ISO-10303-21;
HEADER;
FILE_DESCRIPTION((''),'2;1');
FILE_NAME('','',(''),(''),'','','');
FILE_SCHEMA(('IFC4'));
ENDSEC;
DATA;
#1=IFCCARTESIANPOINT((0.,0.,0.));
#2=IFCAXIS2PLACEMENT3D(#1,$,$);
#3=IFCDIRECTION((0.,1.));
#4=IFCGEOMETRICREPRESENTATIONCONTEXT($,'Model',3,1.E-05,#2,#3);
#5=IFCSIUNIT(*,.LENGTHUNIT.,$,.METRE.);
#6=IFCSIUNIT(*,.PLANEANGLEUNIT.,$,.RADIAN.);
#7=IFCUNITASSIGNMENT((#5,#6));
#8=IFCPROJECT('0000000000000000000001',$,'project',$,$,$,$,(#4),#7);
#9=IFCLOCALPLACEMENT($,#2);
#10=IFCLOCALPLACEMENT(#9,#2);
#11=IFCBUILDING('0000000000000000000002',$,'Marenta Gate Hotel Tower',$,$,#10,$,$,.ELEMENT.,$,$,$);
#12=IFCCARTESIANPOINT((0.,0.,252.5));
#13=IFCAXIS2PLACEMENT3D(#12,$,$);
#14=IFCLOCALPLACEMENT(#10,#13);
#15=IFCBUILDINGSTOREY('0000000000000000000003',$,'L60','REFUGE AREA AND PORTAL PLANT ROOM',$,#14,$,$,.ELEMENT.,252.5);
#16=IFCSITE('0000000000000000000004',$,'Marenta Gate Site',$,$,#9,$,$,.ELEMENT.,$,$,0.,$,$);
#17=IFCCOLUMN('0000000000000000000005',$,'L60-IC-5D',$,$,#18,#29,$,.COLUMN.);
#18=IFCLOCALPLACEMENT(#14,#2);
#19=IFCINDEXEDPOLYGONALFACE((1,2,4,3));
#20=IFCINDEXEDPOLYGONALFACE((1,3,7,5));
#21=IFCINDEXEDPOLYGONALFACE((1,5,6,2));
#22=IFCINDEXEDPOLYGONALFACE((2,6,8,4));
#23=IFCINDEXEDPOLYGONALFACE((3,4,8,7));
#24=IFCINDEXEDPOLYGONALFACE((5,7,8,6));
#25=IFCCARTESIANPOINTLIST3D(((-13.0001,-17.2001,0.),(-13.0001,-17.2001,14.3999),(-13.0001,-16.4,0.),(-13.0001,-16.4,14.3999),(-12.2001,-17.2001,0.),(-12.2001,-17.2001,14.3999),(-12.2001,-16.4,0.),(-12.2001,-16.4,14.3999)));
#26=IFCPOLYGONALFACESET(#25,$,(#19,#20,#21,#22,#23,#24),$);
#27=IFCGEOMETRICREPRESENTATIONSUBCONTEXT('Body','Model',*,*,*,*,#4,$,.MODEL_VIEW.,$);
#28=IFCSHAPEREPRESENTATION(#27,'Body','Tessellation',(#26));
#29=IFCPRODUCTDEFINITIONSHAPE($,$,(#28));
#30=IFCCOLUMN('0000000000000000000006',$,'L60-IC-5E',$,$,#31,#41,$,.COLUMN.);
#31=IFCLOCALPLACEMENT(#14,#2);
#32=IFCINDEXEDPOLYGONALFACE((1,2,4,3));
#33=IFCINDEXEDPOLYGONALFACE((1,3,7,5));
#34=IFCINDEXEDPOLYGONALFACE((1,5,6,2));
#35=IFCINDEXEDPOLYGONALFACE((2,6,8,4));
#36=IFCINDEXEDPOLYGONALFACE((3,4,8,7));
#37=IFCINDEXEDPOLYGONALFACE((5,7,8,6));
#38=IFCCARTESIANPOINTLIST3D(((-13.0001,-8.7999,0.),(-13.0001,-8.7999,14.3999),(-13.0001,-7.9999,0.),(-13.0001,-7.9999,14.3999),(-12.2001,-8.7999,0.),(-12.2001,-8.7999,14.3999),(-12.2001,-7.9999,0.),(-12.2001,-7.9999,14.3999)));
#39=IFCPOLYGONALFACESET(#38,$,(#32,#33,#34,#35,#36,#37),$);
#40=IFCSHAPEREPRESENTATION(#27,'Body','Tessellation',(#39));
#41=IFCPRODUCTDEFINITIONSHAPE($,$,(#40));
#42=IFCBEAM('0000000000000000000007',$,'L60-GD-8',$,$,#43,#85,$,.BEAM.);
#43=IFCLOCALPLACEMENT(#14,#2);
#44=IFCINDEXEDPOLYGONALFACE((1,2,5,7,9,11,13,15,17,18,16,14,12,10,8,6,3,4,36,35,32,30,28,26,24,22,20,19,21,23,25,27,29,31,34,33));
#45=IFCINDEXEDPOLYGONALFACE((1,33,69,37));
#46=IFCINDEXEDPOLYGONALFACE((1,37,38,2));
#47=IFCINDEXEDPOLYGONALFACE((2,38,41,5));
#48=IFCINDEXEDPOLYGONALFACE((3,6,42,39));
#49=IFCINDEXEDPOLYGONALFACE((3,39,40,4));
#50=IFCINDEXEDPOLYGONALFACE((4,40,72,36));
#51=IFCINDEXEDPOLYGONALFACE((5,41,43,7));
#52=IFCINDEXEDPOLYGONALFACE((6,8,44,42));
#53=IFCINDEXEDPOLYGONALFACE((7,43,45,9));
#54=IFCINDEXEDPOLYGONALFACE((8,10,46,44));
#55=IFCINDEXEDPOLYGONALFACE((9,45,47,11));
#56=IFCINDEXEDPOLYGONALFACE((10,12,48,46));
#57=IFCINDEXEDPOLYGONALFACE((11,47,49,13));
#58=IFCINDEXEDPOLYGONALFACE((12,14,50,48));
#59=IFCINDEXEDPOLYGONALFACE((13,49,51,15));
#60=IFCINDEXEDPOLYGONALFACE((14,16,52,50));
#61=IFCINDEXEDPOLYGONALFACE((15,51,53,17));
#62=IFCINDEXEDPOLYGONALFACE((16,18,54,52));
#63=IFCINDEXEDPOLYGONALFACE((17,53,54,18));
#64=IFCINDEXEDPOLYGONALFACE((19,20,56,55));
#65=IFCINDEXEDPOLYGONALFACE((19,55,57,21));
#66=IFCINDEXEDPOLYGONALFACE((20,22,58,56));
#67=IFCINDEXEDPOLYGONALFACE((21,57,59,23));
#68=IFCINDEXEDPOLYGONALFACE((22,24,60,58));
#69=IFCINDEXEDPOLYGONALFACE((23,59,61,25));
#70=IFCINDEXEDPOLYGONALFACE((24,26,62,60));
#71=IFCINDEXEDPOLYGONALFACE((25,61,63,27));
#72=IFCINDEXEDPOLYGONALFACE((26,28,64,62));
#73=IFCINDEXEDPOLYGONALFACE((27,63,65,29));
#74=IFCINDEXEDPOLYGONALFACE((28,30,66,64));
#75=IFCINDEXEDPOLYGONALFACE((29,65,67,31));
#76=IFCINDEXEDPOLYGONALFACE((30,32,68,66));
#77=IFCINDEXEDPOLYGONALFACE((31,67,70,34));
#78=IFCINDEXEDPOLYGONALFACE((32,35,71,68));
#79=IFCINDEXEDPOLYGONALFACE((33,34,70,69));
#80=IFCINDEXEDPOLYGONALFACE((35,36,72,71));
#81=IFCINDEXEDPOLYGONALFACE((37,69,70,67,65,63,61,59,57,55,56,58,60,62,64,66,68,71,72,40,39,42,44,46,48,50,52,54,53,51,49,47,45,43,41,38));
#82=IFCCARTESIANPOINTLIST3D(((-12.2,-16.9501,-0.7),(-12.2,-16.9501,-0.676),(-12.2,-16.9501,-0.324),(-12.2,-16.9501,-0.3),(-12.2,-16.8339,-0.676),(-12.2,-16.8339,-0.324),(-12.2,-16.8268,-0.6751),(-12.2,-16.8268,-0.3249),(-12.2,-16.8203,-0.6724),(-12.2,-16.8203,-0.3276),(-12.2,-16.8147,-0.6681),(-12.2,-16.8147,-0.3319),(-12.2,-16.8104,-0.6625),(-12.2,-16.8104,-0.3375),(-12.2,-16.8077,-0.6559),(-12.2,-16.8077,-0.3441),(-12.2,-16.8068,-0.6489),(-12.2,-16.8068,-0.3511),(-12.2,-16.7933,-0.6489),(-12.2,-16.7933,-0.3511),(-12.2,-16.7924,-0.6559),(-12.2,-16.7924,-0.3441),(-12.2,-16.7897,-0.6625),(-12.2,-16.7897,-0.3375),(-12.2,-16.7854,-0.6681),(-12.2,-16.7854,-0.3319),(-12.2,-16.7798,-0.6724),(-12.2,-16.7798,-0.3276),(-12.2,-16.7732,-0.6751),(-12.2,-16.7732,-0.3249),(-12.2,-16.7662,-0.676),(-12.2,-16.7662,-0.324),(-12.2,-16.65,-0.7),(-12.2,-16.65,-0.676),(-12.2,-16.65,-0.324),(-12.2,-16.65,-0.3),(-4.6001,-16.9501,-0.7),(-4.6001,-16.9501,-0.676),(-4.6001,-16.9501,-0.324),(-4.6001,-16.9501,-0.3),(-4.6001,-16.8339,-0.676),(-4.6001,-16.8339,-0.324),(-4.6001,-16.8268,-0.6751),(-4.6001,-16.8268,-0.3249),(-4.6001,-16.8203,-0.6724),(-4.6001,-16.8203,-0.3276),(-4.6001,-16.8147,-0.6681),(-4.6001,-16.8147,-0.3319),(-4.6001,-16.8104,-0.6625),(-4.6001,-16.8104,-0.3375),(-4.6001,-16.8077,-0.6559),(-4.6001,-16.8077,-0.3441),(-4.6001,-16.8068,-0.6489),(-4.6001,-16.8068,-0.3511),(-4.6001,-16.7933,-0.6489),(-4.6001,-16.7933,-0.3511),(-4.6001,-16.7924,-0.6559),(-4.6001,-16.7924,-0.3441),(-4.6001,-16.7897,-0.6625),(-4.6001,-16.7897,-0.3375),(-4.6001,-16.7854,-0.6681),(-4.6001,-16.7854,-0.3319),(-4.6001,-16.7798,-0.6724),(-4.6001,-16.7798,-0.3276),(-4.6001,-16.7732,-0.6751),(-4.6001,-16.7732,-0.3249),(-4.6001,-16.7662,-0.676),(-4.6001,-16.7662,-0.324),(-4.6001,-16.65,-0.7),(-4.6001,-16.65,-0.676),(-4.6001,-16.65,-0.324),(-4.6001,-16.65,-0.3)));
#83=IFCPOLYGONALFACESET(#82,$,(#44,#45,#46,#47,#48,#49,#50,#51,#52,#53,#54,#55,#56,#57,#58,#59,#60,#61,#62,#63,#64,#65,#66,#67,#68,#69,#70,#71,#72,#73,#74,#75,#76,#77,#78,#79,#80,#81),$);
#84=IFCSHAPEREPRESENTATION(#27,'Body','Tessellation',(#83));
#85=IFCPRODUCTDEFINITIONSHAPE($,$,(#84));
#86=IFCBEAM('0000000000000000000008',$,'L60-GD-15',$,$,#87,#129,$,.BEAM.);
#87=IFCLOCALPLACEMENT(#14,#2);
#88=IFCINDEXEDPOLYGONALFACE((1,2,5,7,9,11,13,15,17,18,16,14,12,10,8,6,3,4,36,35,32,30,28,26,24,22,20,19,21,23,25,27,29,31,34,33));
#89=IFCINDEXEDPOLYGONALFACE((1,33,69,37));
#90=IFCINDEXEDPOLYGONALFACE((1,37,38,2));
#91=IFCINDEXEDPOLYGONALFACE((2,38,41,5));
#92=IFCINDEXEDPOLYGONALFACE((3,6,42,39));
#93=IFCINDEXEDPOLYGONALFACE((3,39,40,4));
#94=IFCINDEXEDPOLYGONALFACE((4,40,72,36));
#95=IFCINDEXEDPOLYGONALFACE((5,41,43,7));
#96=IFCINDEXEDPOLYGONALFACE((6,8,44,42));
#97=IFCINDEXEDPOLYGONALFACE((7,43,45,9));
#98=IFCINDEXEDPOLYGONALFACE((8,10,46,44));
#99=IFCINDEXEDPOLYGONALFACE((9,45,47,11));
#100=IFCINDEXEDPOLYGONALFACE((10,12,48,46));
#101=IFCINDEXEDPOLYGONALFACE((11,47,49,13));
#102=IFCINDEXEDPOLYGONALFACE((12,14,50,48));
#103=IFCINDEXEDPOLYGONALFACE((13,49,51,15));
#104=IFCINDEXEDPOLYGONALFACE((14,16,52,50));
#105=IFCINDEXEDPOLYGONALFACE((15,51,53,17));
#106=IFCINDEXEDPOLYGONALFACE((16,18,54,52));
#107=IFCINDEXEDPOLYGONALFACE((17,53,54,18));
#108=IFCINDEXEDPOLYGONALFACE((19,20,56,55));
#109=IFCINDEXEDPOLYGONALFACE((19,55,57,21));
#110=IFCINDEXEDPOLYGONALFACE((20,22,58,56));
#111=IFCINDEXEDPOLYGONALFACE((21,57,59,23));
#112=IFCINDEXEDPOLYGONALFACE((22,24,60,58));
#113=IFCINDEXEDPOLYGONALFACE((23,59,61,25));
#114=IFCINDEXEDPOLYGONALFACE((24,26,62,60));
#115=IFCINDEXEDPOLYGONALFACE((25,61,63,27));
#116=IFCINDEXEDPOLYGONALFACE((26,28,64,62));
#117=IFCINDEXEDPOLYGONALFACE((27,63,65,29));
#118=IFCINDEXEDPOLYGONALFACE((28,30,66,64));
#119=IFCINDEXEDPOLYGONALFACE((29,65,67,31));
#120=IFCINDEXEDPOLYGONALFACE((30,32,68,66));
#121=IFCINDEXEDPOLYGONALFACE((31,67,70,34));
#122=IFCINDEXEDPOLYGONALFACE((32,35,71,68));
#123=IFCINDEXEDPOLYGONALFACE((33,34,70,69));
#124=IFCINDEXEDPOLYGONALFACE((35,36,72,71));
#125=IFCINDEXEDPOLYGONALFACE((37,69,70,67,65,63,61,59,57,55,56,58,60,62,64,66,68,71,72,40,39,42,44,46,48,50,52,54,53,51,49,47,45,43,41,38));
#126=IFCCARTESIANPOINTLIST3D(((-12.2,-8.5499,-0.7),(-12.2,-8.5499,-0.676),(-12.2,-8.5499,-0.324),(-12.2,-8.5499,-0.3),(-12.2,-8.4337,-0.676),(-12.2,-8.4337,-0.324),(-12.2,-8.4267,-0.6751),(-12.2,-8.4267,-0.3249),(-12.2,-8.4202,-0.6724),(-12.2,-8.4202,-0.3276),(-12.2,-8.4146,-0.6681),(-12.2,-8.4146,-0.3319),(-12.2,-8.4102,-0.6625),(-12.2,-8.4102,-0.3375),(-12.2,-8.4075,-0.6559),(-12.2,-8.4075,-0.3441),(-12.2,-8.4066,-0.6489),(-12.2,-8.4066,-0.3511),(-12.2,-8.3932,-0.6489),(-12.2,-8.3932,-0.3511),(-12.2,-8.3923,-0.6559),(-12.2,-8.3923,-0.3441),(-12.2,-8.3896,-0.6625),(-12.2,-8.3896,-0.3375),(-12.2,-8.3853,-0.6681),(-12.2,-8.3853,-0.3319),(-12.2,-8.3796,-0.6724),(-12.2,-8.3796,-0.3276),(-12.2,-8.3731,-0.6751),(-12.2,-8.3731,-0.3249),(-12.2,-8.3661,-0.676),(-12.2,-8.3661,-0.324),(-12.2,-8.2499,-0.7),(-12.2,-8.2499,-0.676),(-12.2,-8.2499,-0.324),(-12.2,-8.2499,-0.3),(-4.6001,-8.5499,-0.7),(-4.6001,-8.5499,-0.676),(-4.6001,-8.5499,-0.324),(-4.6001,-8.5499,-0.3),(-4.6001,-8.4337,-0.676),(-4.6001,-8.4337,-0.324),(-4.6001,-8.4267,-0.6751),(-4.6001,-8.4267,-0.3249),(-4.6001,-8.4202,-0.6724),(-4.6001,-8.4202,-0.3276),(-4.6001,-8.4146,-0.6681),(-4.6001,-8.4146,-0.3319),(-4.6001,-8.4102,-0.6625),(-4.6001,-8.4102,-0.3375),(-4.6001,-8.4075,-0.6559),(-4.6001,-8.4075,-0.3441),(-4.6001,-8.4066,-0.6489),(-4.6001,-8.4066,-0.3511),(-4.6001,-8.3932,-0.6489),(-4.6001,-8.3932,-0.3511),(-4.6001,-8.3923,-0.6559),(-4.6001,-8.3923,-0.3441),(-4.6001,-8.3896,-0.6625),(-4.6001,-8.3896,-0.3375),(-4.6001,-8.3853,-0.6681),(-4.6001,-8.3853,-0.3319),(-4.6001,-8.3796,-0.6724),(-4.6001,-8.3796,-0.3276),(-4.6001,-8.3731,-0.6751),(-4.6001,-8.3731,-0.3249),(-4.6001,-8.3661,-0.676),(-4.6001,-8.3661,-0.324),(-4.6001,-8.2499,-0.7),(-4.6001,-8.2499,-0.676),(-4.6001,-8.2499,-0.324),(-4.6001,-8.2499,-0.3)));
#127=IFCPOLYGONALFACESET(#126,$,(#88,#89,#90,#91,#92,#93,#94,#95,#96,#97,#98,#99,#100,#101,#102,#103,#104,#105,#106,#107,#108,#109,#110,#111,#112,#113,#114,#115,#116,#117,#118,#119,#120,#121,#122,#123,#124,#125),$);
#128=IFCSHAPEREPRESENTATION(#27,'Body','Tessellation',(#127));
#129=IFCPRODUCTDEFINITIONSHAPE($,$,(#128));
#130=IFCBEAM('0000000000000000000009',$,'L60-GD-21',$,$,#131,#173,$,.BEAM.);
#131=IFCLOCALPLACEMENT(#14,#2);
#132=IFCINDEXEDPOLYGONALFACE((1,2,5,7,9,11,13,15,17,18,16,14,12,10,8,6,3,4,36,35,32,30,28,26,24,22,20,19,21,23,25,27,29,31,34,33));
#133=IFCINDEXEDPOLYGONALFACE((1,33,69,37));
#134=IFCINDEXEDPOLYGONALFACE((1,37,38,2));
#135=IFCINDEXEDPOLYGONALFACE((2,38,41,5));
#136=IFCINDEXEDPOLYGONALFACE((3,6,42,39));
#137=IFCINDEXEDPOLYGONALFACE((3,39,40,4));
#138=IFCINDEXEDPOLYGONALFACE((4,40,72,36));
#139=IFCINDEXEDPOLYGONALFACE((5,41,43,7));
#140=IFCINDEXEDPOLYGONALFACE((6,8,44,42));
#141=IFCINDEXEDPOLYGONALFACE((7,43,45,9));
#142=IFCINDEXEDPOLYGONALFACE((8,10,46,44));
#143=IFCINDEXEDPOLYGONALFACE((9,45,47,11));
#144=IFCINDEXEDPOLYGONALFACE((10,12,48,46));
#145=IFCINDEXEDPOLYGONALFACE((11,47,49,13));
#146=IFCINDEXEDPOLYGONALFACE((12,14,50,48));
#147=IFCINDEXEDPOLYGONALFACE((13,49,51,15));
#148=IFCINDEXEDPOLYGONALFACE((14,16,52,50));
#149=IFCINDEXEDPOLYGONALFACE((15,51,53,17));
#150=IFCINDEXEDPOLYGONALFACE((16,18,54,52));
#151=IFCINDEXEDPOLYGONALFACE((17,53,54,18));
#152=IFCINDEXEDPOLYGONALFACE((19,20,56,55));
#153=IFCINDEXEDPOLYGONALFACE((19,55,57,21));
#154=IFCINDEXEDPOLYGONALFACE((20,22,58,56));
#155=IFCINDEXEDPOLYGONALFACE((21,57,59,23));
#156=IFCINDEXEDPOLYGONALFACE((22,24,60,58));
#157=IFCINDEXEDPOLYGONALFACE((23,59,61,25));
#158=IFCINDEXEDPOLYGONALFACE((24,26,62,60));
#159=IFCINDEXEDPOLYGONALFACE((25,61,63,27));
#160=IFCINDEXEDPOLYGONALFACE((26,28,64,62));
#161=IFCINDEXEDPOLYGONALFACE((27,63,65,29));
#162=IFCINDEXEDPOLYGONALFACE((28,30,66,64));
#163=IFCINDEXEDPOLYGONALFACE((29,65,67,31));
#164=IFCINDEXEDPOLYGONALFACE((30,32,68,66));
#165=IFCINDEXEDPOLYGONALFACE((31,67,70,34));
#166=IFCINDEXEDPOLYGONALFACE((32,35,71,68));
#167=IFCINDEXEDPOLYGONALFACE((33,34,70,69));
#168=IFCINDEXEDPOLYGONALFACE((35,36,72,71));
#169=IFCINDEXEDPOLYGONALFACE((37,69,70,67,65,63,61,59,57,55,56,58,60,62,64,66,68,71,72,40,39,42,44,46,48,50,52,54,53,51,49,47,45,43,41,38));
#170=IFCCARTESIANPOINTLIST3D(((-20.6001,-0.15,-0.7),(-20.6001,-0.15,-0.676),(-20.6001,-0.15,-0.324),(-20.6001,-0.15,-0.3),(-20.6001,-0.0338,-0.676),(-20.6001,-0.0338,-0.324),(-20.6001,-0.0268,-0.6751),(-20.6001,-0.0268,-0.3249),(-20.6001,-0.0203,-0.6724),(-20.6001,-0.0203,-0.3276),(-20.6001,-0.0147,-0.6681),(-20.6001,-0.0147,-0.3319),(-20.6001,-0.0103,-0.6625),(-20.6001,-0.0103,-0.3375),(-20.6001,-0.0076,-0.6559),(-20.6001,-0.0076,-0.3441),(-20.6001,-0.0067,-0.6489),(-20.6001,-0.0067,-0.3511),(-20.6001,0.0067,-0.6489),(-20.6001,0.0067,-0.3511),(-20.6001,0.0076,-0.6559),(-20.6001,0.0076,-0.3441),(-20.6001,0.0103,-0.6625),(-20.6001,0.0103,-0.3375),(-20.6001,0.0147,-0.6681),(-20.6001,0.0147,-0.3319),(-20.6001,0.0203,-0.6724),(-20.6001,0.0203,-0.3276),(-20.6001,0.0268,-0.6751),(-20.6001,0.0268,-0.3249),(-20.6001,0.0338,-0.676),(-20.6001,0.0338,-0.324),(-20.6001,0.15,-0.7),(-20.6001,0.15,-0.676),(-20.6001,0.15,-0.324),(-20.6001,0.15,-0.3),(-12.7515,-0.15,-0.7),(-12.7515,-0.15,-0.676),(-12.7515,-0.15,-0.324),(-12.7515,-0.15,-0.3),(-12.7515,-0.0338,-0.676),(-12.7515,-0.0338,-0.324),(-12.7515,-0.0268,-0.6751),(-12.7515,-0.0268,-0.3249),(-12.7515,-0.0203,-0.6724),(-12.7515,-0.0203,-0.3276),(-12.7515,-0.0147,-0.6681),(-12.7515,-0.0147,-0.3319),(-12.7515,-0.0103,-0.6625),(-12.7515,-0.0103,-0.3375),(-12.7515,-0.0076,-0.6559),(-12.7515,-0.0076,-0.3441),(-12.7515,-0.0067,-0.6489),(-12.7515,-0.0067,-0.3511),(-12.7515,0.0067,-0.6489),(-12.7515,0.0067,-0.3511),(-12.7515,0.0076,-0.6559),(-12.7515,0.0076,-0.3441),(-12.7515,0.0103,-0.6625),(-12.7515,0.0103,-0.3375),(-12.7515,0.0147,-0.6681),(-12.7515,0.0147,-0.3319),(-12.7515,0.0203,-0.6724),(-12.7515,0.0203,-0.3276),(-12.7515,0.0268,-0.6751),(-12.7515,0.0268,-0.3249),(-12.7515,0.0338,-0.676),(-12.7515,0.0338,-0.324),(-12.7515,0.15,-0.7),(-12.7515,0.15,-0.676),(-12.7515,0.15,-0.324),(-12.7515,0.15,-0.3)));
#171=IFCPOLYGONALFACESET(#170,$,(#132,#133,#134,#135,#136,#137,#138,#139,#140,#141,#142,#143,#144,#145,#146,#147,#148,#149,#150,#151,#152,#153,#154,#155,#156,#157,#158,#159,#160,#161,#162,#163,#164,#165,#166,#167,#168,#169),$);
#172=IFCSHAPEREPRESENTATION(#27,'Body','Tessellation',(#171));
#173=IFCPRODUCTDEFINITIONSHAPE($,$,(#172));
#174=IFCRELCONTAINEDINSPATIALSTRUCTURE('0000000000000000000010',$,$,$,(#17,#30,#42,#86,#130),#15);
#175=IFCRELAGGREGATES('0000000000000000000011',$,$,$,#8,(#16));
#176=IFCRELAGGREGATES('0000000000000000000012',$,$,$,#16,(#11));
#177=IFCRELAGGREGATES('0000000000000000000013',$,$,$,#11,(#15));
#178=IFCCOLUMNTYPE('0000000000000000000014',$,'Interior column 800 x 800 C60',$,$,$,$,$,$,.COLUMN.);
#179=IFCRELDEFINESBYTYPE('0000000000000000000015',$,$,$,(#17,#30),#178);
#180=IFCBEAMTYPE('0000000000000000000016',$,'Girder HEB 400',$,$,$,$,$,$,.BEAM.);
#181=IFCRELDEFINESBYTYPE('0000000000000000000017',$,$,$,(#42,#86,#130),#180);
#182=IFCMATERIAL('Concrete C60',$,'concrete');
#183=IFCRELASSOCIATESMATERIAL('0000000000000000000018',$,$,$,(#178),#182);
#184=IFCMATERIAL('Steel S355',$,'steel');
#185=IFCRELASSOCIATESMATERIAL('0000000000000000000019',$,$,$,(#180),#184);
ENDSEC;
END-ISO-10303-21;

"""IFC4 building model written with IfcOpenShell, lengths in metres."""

from ifc_helpers import new_model, si_unit, direction, frame, origin, origin_2d, place, context, subcontext, project, spatial, rectangle, i_section, extrude, material, material_profile, profile_set, type_object, element, save


model = new_model("IFC4")

# Units and contexts
model_context = context("Model", 3, precision=1e-05, world=origin(), true_north=direction((0.0, 1.0)))
body_context = subcontext(model_context, "Body", "Model", "MODEL_VIEW")
ifc_project = project(units=[si_unit("LENGTHUNIT", "METRE"), si_unit("PLANEANGLEUNIT", "RADIAN")], contexts=[model_context])

# Site, building, storey
site_placement = place(None, origin())
site = spatial("IfcSite", under=ifc_project, at=site_placement, Name="Marenta Gate Site", CompositionType="ELEMENT", RefElevation=0.0)
building_placement = place(site_placement, origin())
building = spatial("IfcBuilding", under=site, at=building_placement, Name="Marenta Gate Hotel Tower", CompositionType="ELEMENT")
storey_placement = place(building_placement, frame((0.0, 0.0, 252.5)))
storey = spatial("IfcBuildingStorey", under=building, at=storey_placement, Name="L60", Description="REFUGE AREA AND PORTAL PLANT ROOM", CompositionType="ELEMENT", Elevation=252.5)

# Columns
ifc_material_1 = material(Name="Concrete C60", Category="concrete")
ifc_material_profile_1 = material_profile(ifc_material_1, rectangle(XDim=0.8, YDim=0.8, at=origin_2d()), Name="800 x 800")
ifc_profile_set_1 = profile_set([ifc_material_profile_1], Name="Concrete C60")
column_type = type_object("IfcColumnType", Name="Interior column 800 x 800 C60", PredefinedType="COLUMN", material=ifc_profile_set_1)
for number, where, z_axis, x_axis, name in (
    (1, (-12.6001, -16.8, 0.0), (0.0, 0.0, 1.0), (1.0, 0.0, 0.0), "L60-IC-5D"),
    (2, (-12.6001, -8.3999, 0.0), (0.0, 0.0, 1.0), (1.0, 0.0, 0.0), "L60-IC-5E"),
):
    element("IfcColumn", number, at=place(storey_placement, frame(where, z_axis=z_axis, x_axis=x_axis)), inside=storey, type_object=column_type, Name=name, PredefinedType="COLUMN", context=body_context, shape_type="SweptSolid", body=[
        extrude(rectangle(XDim=0.8, YDim=0.8, at=origin_2d()), origin(), (0.0, 0.0, 1.0), 14.3999),
    ])

# Beams
ifc_material_2 = material(Name="Steel S355", Category="steel")
ifc_material_profile_2 = material_profile(ifc_material_2, i_section(OverallWidth=0.3, OverallDepth=0.3999, WebThickness=0.0134, FlangeThickness=0.0239, FilletRadius=0.0271, at=origin_2d()), Name="HEB 400")
ifc_profile_set_2 = profile_set([ifc_material_profile_2], Name="Steel S355")
beam_type_1 = type_object("IfcBeamType", Name="Girder HEB 400", PredefinedType="BEAM", material=ifc_profile_set_2)
for number, where, z_axis, x_axis, name in (
    (3, (-12.2, -16.8, -0.5), (1.0, 0.0, 0.0), (0.0, 1.0, 0.0), "L60-GD-8"),
    (4, (-12.2, -8.3999, -0.5), (1.0, 0.0, 0.0), (0.0, 1.0, 0.0), "L60-GD-15"),
):
    element("IfcBeam", number, at=place(storey_placement, frame(where, z_axis=z_axis, x_axis=x_axis)), inside=storey, type_object=beam_type_1, Name=name, PredefinedType="BEAM", context=body_context, shape_type="SweptSolid", body=[
        extrude(i_section(OverallWidth=0.3, OverallDepth=0.3999, WebThickness=0.0134, FlangeThickness=0.0239, FilletRadius=0.0271, at=origin_2d()), origin(), (0.0, 0.0, 1.0), 7.5999),
    ])
beam_1_placement = place(storey_placement, frame((-20.6001, 0.0, -0.5), z_axis=(1.0, 0.0, 0.0), x_axis=(0.0, 1.0, 0.0)))
element("IfcBeam", 5, at=beam_1_placement, inside=storey, type_object=beam_type_1, Name="L60-GD-21", PredefinedType="BEAM", context=body_context, shape_type="SweptSolid", body=[
    extrude(i_section(OverallWidth=0.3, OverallDepth=0.3999, WebThickness=0.0134, FlangeThickness=0.0239, FilletRadius=0.0271, at=origin_2d()), origin(), (0.0, 0.0, 1.0), 7.8486),
])

save(model, "model.ifc")
